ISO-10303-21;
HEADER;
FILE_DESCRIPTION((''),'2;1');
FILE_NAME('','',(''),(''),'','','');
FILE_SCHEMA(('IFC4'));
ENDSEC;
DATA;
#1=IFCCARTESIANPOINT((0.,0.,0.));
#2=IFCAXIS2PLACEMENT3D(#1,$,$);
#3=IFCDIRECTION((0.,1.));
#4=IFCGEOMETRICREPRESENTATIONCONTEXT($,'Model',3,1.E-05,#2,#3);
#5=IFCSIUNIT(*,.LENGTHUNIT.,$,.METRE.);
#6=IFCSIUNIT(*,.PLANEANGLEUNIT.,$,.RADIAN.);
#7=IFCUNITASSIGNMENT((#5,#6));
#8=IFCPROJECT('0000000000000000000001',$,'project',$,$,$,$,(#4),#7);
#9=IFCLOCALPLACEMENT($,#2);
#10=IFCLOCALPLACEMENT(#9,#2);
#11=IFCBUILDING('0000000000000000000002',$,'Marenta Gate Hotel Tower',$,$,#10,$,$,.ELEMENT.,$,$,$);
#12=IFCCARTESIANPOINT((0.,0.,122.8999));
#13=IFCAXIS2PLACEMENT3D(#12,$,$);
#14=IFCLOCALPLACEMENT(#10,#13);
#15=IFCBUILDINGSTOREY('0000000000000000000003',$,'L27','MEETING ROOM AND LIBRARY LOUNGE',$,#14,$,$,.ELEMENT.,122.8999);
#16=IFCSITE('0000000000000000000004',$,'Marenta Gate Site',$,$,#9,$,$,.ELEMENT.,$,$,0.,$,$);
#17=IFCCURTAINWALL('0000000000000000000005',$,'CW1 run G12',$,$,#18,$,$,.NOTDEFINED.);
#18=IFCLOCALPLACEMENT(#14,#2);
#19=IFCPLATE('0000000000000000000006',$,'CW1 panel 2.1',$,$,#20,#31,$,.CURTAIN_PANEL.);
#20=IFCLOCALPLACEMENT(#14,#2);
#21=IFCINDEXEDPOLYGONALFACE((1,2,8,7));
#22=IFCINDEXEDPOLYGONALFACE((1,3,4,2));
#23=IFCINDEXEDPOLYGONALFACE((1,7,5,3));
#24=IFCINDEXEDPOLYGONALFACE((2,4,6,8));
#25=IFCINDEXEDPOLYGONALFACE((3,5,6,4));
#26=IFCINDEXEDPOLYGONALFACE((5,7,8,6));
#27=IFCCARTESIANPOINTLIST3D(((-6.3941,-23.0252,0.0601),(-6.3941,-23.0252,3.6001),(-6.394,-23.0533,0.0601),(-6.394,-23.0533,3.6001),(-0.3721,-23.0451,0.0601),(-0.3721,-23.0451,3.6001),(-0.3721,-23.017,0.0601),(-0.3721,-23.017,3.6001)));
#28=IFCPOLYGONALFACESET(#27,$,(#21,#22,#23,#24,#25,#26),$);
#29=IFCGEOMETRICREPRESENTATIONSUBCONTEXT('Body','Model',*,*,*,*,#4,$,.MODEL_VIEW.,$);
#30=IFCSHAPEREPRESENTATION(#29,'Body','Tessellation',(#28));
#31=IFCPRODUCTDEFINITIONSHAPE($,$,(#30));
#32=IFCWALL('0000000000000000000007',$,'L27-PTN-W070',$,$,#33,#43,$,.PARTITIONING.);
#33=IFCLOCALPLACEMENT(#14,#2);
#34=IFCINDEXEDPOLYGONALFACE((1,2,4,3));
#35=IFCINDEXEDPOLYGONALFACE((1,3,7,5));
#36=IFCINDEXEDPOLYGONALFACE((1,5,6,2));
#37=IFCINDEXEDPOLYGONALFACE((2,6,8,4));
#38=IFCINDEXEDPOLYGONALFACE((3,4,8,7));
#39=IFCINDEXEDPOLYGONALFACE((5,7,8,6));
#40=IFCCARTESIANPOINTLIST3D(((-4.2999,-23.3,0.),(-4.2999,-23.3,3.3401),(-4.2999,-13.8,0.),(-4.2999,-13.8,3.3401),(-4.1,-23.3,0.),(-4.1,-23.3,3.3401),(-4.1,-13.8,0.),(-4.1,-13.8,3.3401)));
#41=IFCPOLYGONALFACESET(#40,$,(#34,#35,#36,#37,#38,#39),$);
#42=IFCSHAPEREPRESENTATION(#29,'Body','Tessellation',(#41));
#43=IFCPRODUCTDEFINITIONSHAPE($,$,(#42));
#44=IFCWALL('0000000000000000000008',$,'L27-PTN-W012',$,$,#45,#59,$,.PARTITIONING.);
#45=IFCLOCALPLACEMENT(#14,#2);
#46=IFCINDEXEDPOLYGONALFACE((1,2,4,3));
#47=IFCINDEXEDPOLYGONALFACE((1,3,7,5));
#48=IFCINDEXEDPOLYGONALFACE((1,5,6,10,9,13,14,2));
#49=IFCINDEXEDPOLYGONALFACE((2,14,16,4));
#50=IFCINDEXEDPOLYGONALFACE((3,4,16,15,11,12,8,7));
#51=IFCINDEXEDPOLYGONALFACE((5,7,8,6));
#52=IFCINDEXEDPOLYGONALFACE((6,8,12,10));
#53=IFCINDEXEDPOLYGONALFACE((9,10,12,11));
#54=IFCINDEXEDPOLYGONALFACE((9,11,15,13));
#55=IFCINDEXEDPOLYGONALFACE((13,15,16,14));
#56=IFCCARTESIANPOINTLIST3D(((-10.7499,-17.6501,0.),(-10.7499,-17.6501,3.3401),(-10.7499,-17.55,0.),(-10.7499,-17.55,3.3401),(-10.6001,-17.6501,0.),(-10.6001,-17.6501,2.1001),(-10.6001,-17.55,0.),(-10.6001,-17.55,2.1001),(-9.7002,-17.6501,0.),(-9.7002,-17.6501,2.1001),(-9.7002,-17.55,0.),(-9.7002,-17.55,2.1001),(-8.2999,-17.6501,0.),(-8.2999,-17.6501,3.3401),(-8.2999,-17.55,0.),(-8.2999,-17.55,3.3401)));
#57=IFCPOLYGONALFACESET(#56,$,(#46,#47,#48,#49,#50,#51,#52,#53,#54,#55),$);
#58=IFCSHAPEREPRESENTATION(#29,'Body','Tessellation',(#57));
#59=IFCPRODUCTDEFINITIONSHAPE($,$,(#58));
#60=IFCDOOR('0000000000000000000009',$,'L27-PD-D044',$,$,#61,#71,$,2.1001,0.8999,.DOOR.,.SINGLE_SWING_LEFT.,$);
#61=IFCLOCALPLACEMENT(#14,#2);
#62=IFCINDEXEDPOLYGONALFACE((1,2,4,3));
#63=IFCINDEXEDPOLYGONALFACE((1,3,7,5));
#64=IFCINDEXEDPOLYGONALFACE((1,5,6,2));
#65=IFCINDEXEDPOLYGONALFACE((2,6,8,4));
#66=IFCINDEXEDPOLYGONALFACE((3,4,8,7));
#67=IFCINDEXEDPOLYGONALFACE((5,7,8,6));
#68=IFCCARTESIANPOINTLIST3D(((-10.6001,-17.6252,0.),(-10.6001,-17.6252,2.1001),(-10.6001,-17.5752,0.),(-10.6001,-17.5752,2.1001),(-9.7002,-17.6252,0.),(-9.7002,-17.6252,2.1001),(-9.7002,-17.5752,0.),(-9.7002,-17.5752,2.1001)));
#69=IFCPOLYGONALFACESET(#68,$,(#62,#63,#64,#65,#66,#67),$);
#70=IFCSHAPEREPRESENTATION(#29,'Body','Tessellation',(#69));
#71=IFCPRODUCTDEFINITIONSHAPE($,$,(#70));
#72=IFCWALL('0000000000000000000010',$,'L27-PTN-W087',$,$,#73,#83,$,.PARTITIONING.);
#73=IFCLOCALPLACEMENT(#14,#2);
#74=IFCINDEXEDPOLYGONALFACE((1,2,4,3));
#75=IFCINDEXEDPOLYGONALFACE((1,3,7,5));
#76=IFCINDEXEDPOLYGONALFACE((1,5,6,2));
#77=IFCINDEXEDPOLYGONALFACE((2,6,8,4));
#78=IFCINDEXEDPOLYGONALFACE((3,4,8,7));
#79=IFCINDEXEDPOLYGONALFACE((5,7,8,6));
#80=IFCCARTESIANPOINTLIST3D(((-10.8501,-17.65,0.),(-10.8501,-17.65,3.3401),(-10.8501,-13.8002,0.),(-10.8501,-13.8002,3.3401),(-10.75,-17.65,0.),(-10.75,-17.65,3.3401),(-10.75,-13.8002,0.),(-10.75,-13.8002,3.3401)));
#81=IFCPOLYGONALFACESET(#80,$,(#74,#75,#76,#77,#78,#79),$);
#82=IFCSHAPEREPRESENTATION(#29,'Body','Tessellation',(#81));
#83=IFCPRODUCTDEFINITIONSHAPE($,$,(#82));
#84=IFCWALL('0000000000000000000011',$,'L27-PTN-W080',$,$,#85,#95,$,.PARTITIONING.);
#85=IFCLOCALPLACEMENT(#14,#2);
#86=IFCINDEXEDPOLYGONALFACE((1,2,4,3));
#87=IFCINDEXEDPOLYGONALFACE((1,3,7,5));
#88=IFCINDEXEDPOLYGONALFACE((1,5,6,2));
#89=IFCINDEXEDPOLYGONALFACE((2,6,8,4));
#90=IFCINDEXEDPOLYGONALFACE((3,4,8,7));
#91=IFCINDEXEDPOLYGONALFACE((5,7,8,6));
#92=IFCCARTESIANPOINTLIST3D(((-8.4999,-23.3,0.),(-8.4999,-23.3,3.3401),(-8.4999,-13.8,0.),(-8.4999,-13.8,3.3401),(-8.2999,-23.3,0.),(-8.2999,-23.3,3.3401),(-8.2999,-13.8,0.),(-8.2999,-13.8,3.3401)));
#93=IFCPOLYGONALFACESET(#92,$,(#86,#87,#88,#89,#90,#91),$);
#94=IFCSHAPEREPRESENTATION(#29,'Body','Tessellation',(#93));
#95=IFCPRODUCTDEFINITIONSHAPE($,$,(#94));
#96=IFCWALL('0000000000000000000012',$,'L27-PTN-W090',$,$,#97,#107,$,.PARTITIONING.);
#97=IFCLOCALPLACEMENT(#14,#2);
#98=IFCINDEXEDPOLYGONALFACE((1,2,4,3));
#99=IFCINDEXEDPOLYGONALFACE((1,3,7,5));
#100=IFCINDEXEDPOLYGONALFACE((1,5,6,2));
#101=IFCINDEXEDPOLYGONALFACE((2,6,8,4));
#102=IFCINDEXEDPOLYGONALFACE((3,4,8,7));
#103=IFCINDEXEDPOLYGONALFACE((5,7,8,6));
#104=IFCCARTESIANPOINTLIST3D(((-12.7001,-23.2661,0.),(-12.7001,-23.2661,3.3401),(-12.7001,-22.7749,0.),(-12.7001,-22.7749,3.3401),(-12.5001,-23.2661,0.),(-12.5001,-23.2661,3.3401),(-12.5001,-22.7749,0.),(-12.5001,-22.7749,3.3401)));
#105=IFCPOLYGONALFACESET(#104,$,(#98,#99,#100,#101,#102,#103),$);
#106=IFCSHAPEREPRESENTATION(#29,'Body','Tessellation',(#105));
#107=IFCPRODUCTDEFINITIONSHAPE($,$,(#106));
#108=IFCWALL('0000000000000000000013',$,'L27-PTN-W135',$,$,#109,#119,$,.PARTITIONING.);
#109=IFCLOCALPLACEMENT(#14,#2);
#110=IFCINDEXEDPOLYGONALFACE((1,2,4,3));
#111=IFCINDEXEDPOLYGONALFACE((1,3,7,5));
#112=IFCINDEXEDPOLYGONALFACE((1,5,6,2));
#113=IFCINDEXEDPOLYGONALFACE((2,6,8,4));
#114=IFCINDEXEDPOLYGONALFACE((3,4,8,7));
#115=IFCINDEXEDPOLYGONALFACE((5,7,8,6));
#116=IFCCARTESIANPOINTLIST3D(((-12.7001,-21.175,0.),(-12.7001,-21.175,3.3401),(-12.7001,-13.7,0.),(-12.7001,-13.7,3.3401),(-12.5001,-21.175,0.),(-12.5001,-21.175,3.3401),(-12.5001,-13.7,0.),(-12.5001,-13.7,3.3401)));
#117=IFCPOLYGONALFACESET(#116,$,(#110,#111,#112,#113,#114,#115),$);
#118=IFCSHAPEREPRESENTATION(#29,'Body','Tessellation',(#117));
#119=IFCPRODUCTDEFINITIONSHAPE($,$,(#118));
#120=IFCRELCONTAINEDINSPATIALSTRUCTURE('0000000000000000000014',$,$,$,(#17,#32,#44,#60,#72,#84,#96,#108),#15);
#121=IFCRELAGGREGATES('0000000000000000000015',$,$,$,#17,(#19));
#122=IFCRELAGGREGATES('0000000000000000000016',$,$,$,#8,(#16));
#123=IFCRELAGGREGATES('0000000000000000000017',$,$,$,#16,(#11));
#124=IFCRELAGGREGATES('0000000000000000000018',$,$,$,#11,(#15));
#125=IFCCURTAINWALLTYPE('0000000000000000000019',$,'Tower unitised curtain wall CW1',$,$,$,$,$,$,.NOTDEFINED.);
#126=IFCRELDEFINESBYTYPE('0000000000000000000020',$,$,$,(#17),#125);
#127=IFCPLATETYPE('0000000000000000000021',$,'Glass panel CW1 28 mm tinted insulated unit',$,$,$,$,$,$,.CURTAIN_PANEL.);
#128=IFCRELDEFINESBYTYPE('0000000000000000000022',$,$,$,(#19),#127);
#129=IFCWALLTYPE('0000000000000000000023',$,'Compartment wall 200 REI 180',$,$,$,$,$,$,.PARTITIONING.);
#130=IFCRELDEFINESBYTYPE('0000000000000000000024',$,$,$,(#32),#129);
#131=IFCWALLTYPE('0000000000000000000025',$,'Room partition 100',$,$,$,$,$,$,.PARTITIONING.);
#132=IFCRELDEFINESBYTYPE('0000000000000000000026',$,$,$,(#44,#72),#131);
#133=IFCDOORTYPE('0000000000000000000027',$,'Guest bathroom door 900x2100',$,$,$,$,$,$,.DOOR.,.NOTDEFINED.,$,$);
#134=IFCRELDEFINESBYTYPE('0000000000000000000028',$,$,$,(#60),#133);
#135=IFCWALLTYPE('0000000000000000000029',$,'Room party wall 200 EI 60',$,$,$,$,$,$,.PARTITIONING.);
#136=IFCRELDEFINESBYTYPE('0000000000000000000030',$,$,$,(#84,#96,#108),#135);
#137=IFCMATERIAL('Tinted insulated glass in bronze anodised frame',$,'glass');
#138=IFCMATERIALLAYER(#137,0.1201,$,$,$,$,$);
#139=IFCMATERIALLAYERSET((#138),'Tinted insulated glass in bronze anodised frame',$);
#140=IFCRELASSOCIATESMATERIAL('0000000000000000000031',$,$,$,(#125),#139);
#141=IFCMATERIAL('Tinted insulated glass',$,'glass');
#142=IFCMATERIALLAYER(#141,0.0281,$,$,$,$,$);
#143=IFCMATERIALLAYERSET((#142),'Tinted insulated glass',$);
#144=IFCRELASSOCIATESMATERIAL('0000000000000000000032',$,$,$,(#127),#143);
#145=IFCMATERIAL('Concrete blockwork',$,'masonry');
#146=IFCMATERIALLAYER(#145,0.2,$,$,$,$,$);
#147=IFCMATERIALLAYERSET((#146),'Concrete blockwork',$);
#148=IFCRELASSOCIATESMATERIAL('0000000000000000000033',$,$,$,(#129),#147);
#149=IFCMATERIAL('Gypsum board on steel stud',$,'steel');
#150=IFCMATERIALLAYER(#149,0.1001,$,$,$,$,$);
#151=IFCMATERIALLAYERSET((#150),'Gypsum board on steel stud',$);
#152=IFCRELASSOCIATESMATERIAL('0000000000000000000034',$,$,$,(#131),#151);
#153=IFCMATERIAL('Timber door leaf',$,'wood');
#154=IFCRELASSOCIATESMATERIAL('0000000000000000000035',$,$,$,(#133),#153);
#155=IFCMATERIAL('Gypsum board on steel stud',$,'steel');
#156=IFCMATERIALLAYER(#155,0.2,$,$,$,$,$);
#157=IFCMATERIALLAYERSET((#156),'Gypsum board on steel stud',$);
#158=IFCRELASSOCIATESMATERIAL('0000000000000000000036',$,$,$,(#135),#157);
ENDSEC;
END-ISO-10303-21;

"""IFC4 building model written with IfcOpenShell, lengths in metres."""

from ifc_helpers import new_model, si_unit, direction, frame, frame_2d, origin, origin_2d, place, context, subcontext, project, spatial, rectangle, extrude, material, layer, layer_set, type_object, element, fill, aggregate, save


model = new_model("IFC4")

# Units and contexts
model_context = context("Model", 3, precision=1e-05, world=origin(), true_north=direction((0.0, 1.0)))
body_context = subcontext(model_context, "Body", "Model", "MODEL_VIEW")
ifc_project = project(units=[si_unit("LENGTHUNIT", "METRE"), si_unit("PLANEANGLEUNIT", "RADIAN")], contexts=[model_context])

# Site, building, storey
site_placement = place(None, origin())
site = spatial("IfcSite", under=ifc_project, at=site_placement, Name="Marenta Gate Site", CompositionType="ELEMENT", RefElevation=0.0)
building_placement = place(site_placement, origin())
building = spatial("IfcBuilding", under=site, at=building_placement, Name="Marenta Gate Hotel Tower", CompositionType="ELEMENT")
storey_placement = place(building_placement, frame((0.0, 0.0, 122.8999)))
storey = spatial("IfcBuildingStorey", under=building, at=storey_placement, Name="L27", Description="MEETING ROOM AND LIBRARY LOUNGE", CompositionType="ELEMENT", Elevation=122.8999)

# Shared definitions
ifc_material_1 = material(Name="Tinted insulated glass in bronze anodised frame", Category="glass")
ifc_layer_1 = layer(ifc_material_1, 0.1201)
ifc_layer_set_1 = layer_set([ifc_layer_1], Name="Tinted insulated glass in bronze anodised frame")
curtain_wall_type = type_object("IfcCurtainWallType", Name="Tower unitised curtain wall CW1", PredefinedType="NOTDEFINED", material=ifc_layer_set_1)

# Curtain wall
curtain_wall_1_placement = place(storey_placement, origin())
curtain_wall_1 = element("IfcCurtainWall", 1, at=curtain_wall_1_placement, inside=storey, type_object=curtain_wall_type, Name="CW1 run G12", PredefinedType="NOTDEFINED")

# Shared definitions
ifc_material_2 = material(Name="Tinted insulated glass", Category="glass")
ifc_layer_2 = layer(ifc_material_2, 0.0281)
ifc_layer_set_2 = layer_set([ifc_layer_2], Name="Tinted insulated glass")
plate_type = type_object("IfcPlateType", Name="Glass panel CW1 28 mm tinted insulated unit", PredefinedType="CURTAIN_PANEL", material=ifc_layer_set_2)

# Plate
plate_1_placement = place(storey_placement, frame((-3.3831, -23.0352, 0.0601), z_axis=(0.0, 0.0, 1.0), x_axis=(0.999999, 0.001365, 0.0)))
plate_1 = element("IfcPlate", 2, at=plate_1_placement, type_object=plate_type, Name="CW1 panel 2.1", PredefinedType="CURTAIN_PANEL", context=body_context, shape_type="SweptSolid", body=[
    extrude(rectangle(XDim=6.022, YDim=0.0281, at=origin_2d()), origin(), (0.0, 0.0, 1.0), 3.54),
])
aggregate(curtain_wall_1, [plate_1])

# Wall
ifc_material_3 = material(Name="Concrete blockwork", Category="masonry")
ifc_layer_3 = layer(ifc_material_3, 0.2)
ifc_layer_set_3 = layer_set([ifc_layer_3], Name="Concrete blockwork")
wall_type_1 = type_object("IfcWallType", Name="Compartment wall 200 REI 180", PredefinedType="PARTITIONING", material=ifc_layer_set_3)
wall_1_placement = place(storey_placement, frame((-4.2, -23.3, 0.0), z_axis=(0.0, 0.0, 1.0), x_axis=(0.0, 1.0, 0.0)))
element("IfcWall", 3, at=wall_1_placement, inside=storey, type_object=wall_type_1, Name="L27-PTN-W070", PredefinedType="PARTITIONING", context=body_context, shape_type="SweptSolid", body=[
    extrude(rectangle(XDim=9.5, YDim=0.2, at=frame_2d((4.75, 0.0))), origin(), (0.0, 0.0, 1.0), 3.3401),
])

# Wall, opening, door
ifc_material_4 = material(Name="Gypsum board on steel stud", Category="steel")
ifc_layer_4 = layer(ifc_material_4, 0.1001)
ifc_layer_set_4 = layer_set([ifc_layer_4], Name="Gypsum board on steel stud")
wall_type_2 = type_object("IfcWallType", Name="Room partition 100", PredefinedType="PARTITIONING", material=ifc_layer_set_4)
wall_2_placement = place(storey_placement, frame((-10.75, -17.6001, 0.0), z_axis=(0.0, 0.0, 1.0), x_axis=(1.0, 0.0, 0.0)))
wall_2 = element("IfcWall", 4, at=wall_2_placement, inside=storey, type_object=wall_type_2, Name="L27-PTN-W012", PredefinedType="PARTITIONING", context=body_context, shape_type="SweptSolid", body=[
    extrude(rectangle(XDim=2.45, YDim=0.1001, at=frame_2d((1.2251, 0.0))), origin(), (0.0, 0.0, 1.0), 3.3401),
])
opening_placement = place(wall_2_placement, frame((0.1499, 0.0, 0.0)))
opening = element("IfcOpeningElement", 5, at=opening_placement, cuts=wall_2, PredefinedType="OPENING", context=body_context, shape_type="SweptSolid", body=[
    extrude(rectangle(XDim=0.8999, YDim=2.1001, at=frame_2d((0.45, 1.05))), frame((0.0, 0.05, 0.0), z_axis=(0.0, -1.0, 0.0), x_axis=(1.0, 0.0, 0.0)), (0.0, 0.0, 1.0), 0.1001),
])
ifc_material_5 = material(Name="Timber door leaf", Category="wood")
door_type = type_object("IfcDoorType", Name="Guest bathroom door 900x2100", OperationType="NOTDEFINED", PredefinedType="DOOR", material=ifc_material_5)
door_placement = place(opening_placement, origin())
door = element("IfcDoor", 6, at=door_placement, inside=storey, type_object=door_type, Name="L27-PD-D044", OperationType="SINGLE_SWING_LEFT", OverallHeight=2.1001, OverallWidth=0.8999, PredefinedType="DOOR", context=body_context, shape_type="SweptSolid", body=[
    extrude(rectangle(XDim=0.8999, YDim=2.1001, at=frame_2d((0.45, 1.05))), frame((0.0, 0.0249, 0.0), z_axis=(0.0, -1.0, 0.0), x_axis=(1.0, 0.0, 0.0)), (0.0, 0.0, 1.0), 0.05),
])
fill(opening, door)

# Walls
wall_3_placement = place(storey_placement, frame((-10.8, -17.6499, 0.0), z_axis=(0.0, 0.0, 1.0), x_axis=(0.0, 1.0, 0.0)))
element("IfcWall", 7, at=wall_3_placement, inside=storey, type_object=wall_type_2, Name="L27-PTN-W087", PredefinedType="PARTITIONING", context=body_context, shape_type="SweptSolid", body=[
    extrude(rectangle(XDim=3.8499, YDim=0.1001, at=frame_2d((1.9248, 0.0))), origin(), (0.0, 0.0, 1.0), 3.3401),
])
ifc_material_6 = material(Name="Gypsum board on steel stud", Category="steel")
ifc_layer_5 = layer(ifc_material_6, 0.2)
ifc_layer_set_5 = layer_set([ifc_layer_5], Name="Gypsum board on steel stud")
wall_type_3 = type_object("IfcWallType", Name="Room party wall 200 EI 60", PredefinedType="PARTITIONING", material=ifc_layer_set_5)
wall_4_placement = place(storey_placement, frame((-8.3999, -23.3, 0.0), z_axis=(0.0, 0.0, 1.0), x_axis=(0.0, 1.0, 0.0)))
element("IfcWall", 8, at=wall_4_placement, inside=storey, type_object=wall_type_3, Name="L27-PTN-W080", PredefinedType="PARTITIONING", context=body_context, shape_type="SweptSolid", body=[
    extrude(rectangle(XDim=9.5, YDim=0.2, at=frame_2d((4.75, 0.0))), origin(), (0.0, 0.0, 1.0), 3.3401),
])
wall_5_placement = place(storey_placement, frame((-12.6001, -23.2661, 0.0), z_axis=(0.0, 0.0, 1.0), x_axis=(0.0, 1.0, 0.0)))
element("IfcWall", 9, at=wall_5_placement, inside=storey, type_object=wall_type_3, Name="L27-PTN-W090", PredefinedType="PARTITIONING", context=body_context, shape_type="SweptSolid", body=[
    extrude(rectangle(XDim=0.4912, YDim=0.2, at=frame_2d((0.2456, 0.0))), origin(), (0.0, 0.0, 1.0), 3.3401),
])
wall_6_placement = place(storey_placement, frame((-12.6001, -21.175, 0.0), z_axis=(0.0, 0.0, 1.0), x_axis=(0.0, 1.0, 0.0)))
element("IfcWall", 10, at=wall_6_placement, inside=storey, type_object=wall_type_3, Name="L27-PTN-W135", PredefinedType="PARTITIONING", context=body_context, shape_type="SweptSolid", body=[
    extrude(rectangle(XDim=7.4751, YDim=0.2, at=frame_2d((3.7375, 0.0))), origin(), (0.0, 0.0, 1.0), 3.3401),
])

save(model, "model.ifc")
